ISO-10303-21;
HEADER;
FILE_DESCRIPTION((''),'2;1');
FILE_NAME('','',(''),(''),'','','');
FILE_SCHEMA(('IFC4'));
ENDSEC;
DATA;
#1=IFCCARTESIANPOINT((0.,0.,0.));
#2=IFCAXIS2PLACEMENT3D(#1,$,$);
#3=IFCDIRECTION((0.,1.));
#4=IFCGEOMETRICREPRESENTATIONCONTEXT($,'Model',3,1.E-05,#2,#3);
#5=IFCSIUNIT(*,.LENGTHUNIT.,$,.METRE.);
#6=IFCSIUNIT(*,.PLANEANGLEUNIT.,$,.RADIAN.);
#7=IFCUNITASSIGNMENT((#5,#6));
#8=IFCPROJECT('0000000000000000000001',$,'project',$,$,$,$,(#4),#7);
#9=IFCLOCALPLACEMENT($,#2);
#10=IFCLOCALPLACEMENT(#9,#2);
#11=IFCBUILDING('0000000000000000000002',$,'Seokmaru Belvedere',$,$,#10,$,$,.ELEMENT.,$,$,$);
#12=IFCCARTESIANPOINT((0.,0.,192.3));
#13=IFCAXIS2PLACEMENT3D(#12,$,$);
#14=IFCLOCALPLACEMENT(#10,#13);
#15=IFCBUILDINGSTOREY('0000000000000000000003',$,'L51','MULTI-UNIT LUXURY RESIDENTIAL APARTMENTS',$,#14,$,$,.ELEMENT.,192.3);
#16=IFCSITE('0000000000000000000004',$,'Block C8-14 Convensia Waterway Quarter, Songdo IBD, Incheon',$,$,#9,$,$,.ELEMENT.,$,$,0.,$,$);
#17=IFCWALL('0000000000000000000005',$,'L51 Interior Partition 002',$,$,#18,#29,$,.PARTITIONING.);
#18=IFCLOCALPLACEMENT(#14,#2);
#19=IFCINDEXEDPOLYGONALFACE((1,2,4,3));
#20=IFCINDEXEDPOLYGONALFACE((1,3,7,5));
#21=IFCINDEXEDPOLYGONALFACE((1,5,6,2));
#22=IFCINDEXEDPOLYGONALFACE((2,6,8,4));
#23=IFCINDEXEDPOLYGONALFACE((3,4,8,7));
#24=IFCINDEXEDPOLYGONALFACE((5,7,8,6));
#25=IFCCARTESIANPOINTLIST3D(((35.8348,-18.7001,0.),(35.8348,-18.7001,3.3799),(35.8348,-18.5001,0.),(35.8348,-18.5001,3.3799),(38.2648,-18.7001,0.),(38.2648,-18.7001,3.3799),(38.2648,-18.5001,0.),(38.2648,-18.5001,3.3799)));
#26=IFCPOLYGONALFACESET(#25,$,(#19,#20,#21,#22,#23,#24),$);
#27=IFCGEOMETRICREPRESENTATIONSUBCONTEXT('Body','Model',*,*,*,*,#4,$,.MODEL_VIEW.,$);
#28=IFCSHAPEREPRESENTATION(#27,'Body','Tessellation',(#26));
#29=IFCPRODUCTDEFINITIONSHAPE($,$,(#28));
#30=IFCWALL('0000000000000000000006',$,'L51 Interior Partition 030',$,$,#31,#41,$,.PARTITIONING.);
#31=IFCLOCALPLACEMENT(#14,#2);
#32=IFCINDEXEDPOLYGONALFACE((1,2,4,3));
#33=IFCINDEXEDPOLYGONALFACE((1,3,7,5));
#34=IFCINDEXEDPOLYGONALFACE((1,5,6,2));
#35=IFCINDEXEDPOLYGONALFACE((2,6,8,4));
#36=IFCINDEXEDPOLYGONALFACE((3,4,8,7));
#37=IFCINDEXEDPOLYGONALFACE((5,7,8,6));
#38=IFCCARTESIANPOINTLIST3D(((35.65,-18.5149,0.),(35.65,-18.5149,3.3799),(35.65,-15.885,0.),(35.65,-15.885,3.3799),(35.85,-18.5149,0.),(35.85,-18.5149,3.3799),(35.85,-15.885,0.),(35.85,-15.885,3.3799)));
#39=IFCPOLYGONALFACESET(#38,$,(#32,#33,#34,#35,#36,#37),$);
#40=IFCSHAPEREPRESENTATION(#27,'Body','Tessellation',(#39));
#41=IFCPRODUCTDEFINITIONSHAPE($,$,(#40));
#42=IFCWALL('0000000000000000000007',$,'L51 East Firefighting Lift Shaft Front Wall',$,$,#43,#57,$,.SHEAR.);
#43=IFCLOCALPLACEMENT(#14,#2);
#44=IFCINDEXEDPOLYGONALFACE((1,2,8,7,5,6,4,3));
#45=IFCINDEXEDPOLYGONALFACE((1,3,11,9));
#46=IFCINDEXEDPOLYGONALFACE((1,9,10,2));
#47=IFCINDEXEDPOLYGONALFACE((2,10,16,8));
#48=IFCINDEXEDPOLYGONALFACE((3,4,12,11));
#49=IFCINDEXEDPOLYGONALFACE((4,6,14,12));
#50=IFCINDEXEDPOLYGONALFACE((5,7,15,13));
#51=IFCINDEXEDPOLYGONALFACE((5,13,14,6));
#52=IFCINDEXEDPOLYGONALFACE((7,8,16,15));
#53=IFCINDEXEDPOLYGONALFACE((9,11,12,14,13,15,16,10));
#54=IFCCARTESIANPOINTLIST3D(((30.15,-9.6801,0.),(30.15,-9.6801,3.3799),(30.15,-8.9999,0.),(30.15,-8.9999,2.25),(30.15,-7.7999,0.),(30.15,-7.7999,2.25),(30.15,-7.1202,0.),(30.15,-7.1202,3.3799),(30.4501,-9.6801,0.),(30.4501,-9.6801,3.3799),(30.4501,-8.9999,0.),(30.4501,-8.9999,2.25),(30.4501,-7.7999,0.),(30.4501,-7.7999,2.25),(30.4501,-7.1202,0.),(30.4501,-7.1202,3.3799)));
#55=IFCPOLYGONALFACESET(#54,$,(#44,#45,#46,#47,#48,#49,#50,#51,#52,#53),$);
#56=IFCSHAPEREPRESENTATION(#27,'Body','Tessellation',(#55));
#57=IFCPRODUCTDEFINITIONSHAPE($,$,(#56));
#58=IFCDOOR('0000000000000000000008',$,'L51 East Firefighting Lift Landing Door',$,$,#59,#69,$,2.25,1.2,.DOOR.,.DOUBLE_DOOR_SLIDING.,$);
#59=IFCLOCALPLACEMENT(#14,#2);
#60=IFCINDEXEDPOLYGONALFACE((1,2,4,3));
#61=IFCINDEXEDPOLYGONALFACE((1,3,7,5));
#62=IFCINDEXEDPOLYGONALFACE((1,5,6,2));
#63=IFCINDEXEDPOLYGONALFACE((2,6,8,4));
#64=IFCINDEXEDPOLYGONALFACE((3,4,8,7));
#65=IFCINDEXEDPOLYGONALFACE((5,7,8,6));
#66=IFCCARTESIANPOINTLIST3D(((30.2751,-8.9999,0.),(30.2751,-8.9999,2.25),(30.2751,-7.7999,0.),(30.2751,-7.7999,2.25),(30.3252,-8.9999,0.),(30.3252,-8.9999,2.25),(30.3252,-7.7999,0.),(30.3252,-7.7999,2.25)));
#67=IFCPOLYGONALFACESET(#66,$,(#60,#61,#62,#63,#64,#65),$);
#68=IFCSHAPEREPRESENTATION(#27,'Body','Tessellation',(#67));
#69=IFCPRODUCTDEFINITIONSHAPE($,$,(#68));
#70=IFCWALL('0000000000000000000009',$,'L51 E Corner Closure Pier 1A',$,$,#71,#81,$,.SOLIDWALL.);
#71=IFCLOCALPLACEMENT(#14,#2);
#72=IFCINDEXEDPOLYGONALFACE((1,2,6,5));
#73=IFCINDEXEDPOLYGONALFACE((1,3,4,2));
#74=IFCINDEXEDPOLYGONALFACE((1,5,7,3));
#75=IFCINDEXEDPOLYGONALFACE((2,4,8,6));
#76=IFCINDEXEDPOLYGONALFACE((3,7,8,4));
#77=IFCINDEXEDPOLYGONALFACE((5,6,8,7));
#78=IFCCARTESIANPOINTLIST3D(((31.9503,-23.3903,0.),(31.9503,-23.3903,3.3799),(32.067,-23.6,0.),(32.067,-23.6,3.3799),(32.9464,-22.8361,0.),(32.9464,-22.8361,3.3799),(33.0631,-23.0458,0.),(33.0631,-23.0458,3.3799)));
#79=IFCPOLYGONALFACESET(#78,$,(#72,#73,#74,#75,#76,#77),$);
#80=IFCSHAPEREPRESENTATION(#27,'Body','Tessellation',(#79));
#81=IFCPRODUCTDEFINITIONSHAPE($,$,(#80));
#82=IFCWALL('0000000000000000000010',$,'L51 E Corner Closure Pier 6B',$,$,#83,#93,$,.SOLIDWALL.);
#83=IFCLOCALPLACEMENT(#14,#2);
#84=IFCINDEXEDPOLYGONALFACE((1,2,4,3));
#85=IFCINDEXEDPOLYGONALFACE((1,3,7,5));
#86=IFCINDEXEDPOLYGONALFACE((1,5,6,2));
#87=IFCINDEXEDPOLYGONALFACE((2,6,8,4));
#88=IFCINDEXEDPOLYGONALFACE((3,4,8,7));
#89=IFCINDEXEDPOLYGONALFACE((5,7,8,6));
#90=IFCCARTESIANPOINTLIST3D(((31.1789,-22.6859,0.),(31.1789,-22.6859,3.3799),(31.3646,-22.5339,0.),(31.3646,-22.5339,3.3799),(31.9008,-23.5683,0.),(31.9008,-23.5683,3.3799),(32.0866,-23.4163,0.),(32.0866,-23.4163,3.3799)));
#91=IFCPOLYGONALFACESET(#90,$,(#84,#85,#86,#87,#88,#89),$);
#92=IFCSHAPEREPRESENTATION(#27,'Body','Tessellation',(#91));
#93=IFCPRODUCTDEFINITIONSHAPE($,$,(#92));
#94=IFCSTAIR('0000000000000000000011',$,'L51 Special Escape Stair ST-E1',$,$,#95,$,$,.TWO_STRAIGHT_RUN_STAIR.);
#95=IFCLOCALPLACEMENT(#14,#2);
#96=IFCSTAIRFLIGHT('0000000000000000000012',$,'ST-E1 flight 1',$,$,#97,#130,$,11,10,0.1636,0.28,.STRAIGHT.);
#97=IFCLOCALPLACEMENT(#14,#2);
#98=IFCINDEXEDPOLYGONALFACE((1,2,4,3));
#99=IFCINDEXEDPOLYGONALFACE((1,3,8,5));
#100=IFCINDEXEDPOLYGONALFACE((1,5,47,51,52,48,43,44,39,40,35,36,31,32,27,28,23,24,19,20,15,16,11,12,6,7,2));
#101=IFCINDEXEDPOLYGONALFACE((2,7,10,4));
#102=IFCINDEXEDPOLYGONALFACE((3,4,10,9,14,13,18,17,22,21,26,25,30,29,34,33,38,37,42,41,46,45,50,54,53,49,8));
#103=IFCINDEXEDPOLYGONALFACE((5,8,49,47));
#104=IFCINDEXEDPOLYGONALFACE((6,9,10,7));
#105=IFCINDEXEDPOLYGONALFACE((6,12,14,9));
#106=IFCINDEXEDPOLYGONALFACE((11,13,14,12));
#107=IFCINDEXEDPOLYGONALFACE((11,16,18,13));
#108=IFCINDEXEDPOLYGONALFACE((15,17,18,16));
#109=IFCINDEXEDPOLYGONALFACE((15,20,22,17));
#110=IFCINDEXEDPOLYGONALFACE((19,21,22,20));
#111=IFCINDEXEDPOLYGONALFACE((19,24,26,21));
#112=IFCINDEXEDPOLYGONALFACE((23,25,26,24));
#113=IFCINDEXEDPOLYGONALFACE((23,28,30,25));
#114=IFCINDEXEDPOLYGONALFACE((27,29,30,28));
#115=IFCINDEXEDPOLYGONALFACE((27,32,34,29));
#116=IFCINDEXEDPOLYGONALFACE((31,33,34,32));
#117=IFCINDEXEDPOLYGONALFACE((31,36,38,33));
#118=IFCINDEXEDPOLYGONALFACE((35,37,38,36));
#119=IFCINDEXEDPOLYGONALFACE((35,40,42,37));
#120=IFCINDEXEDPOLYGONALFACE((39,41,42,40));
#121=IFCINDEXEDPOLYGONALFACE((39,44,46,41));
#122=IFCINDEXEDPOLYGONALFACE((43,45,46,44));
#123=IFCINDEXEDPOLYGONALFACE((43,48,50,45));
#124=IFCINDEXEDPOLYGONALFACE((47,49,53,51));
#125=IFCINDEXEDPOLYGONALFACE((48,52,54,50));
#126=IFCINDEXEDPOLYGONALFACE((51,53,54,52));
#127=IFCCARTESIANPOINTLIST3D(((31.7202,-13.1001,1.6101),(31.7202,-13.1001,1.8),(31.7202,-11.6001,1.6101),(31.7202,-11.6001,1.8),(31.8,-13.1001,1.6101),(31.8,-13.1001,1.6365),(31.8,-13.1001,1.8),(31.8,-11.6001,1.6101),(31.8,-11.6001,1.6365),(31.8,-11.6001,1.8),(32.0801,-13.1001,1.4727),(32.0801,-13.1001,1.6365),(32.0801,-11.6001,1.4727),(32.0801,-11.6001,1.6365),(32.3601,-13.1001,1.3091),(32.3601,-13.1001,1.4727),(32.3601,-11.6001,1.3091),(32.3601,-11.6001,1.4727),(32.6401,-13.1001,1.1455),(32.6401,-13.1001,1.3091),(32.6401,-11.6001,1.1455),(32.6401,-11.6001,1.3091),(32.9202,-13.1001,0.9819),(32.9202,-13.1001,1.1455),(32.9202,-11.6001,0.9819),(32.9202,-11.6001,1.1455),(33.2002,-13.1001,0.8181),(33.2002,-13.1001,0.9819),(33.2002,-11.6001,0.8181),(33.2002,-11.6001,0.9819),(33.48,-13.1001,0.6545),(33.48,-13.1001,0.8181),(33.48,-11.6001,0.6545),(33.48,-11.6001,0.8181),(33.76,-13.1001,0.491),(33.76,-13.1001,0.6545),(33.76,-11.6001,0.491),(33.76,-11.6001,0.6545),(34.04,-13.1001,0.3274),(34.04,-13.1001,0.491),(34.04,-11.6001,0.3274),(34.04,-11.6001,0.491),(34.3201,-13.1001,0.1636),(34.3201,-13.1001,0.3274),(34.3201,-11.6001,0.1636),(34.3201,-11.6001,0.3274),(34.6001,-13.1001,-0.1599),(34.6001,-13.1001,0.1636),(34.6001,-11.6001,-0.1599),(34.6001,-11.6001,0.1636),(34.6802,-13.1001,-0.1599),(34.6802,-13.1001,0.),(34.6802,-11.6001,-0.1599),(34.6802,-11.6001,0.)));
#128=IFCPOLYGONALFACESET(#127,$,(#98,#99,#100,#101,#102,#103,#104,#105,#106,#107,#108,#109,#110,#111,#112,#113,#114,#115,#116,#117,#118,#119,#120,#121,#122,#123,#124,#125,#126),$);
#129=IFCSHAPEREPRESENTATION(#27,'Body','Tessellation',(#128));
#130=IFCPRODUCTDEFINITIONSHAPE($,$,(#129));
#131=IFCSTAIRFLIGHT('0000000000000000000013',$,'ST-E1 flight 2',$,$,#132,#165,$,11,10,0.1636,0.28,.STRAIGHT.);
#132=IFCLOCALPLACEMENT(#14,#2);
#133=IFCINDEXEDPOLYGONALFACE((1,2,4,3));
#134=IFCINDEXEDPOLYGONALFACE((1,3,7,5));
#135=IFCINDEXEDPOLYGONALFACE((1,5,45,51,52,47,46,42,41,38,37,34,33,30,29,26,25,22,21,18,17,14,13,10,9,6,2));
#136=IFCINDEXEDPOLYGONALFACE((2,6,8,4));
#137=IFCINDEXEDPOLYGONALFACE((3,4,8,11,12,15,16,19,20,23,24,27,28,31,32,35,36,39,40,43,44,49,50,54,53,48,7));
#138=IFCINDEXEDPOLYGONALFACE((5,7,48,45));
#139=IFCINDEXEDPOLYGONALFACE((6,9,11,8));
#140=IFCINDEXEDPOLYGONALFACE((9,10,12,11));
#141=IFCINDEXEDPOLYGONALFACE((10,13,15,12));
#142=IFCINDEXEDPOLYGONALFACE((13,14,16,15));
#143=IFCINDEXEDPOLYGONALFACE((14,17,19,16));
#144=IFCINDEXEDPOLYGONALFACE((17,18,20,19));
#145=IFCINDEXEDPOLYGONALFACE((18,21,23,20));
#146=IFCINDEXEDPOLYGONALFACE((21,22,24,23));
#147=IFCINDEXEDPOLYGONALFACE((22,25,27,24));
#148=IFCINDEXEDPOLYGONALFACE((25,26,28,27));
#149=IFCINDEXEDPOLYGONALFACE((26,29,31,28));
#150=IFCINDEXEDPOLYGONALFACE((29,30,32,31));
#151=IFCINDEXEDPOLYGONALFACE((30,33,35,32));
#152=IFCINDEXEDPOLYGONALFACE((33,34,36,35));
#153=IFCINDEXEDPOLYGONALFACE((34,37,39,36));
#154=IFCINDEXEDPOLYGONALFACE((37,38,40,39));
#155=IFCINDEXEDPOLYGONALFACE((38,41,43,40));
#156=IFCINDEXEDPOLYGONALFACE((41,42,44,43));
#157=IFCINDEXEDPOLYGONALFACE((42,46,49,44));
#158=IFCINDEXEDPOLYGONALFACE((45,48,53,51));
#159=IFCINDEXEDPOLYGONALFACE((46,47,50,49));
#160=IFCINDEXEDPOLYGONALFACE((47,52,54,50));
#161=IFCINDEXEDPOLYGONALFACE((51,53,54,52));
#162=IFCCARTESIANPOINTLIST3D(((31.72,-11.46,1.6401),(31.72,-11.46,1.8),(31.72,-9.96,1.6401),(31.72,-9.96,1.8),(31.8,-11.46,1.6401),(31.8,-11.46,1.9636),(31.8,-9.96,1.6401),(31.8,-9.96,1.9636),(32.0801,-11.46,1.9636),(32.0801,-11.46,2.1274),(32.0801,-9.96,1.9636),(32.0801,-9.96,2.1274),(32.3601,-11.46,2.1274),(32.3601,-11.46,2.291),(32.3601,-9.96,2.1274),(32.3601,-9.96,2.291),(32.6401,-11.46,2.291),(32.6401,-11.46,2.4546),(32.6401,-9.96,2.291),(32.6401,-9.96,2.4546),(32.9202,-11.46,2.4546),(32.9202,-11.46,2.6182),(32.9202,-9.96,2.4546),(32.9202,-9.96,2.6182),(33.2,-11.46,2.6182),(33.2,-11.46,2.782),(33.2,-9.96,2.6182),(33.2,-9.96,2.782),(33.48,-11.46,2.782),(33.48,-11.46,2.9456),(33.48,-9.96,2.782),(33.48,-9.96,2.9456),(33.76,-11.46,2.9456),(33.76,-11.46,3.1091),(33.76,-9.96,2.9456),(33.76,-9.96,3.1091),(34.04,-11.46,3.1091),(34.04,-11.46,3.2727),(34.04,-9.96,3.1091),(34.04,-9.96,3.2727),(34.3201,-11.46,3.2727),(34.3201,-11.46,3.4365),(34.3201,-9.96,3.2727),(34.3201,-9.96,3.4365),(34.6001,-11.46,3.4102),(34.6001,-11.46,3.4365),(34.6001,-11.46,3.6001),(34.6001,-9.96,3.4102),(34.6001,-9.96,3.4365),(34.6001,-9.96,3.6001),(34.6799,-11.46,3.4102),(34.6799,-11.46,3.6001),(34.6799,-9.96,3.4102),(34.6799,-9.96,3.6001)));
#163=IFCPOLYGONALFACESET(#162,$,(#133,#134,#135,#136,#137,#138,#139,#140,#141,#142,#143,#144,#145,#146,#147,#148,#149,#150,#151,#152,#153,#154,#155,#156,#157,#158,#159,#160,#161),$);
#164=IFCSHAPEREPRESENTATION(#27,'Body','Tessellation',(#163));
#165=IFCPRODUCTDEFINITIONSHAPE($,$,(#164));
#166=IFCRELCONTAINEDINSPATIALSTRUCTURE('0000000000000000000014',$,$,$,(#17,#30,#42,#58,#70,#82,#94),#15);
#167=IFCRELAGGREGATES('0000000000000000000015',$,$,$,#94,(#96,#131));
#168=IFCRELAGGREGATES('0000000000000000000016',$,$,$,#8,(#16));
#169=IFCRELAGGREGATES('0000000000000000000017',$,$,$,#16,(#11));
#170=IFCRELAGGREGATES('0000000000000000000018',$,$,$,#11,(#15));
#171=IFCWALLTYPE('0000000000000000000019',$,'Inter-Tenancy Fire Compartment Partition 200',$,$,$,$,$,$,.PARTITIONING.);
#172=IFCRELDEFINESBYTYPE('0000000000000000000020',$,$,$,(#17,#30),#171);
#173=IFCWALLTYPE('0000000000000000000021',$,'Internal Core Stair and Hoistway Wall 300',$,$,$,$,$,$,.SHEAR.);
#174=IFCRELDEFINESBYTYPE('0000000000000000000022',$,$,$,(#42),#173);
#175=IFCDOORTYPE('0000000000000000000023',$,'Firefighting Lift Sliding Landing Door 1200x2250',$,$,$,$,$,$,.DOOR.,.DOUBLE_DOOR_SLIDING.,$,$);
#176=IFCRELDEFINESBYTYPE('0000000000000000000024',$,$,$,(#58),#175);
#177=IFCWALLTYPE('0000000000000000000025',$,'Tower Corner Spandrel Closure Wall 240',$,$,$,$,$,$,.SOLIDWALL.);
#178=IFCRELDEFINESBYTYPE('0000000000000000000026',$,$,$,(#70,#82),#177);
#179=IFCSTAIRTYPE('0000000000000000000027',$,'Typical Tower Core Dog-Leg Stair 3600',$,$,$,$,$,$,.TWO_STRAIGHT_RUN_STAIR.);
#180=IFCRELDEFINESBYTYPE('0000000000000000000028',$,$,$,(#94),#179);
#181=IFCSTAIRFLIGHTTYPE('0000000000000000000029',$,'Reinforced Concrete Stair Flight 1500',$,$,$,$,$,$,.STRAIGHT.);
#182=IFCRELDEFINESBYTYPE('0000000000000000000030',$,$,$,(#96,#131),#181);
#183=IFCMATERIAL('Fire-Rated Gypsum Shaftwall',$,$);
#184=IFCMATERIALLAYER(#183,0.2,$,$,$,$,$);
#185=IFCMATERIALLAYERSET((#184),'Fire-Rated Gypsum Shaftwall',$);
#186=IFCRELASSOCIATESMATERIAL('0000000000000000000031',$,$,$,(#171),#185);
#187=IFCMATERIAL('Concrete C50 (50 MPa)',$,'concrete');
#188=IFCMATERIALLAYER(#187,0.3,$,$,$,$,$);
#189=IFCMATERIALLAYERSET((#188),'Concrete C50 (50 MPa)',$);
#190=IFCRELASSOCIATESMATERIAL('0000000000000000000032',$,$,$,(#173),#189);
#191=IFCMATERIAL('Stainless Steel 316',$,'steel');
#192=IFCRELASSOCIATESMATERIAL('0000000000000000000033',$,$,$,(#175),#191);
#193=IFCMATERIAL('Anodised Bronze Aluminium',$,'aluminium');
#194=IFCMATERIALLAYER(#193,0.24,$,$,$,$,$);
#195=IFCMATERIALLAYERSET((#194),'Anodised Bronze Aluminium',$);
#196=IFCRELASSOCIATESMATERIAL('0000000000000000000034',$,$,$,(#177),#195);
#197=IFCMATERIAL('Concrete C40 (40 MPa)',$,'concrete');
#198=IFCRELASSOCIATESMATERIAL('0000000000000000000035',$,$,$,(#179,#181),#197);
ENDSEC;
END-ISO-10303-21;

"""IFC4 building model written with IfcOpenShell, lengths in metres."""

from ifc_helpers import new_model, si_unit, direction, frame, frame_2d, origin, place, context, subcontext, project, spatial, polyline, rectangle, outline, extrude, source, transform, mapped, material, layer, layer_set, type_object, type_shapes, element, fill, aggregate, save


model = new_model("IFC4")

# Units and contexts
model_context = context("Model", 3, precision=1e-05, world=origin(), true_north=direction((0.0, 1.0)))
body_context = subcontext(model_context, "Body", "Model", "MODEL_VIEW")
ifc_project = project(units=[si_unit("LENGTHUNIT", "METRE"), si_unit("PLANEANGLEUNIT", "RADIAN")], contexts=[model_context])

# Site, building, storey
site_placement = place(None, origin())
site = spatial("IfcSite", under=ifc_project, at=site_placement, Name="Block C8-14 Convensia Waterway Quarter, Songdo IBD, Incheon", CompositionType="ELEMENT", RefElevation=0.0)
building_placement = place(site_placement, origin())
building = spatial("IfcBuilding", under=site, at=building_placement, Name="Seokmaru Belvedere", CompositionType="ELEMENT")
storey_placement = place(building_placement, frame((0.0, 0.0, 192.3)))
storey = spatial("IfcBuildingStorey", under=building, at=storey_placement, Name="L51", Description="MULTI-UNIT LUXURY RESIDENTIAL APARTMENTS", CompositionType="ELEMENT", Elevation=192.3)

# Shared definitions
ifc_material_1 = material(Name="Anodised Bronze Aluminium", Category="aluminium")

# Shared definitions
ifc_material_2 = material(Name="Fire-Rated Gypsum Shaftwall")

# Walls
ifc_layer_1 = layer(ifc_material_2, 0.2)
ifc_layer_set_1 = layer_set([ifc_layer_1], Name="Fire-Rated Gypsum Shaftwall")
wall_type_1 = type_object("IfcWallType", Name="Inter-Tenancy Fire Compartment Partition 200", PredefinedType="PARTITIONING", material=ifc_layer_set_1)
wall_1_placement = place(storey_placement, frame((35.835, -18.6001, 0.0), z_axis=(0.0, 0.0, 1.0), x_axis=(1.0, 0.0, 0.0)))
element("IfcWall", 1, at=wall_1_placement, inside=storey, type_object=wall_type_1, Name="L51 Interior Partition 002", PredefinedType="PARTITIONING", context=body_context, shape_type="SweptSolid", body=[
    extrude(rectangle(XDim=2.4299, YDim=0.2, at=frame_2d((1.2148, 0.0))), origin(), (0.0, 0.0, 1.0), 3.3799),
])
wall_2_placement = place(storey_placement, frame((35.75, -18.5149, 0.0), z_axis=(0.0, 0.0, 1.0), x_axis=(0.0, 1.0, 0.0)))
element("IfcWall", 2, at=wall_2_placement, inside=storey, type_object=wall_type_1, Name="L51 Interior Partition 030", PredefinedType="PARTITIONING", context=body_context, shape_type="SweptSolid", body=[
    extrude(rectangle(XDim=2.6299, YDim=0.2, at=frame_2d((1.3149, 0.0))), origin(), (0.0, 0.0, 1.0), 3.3799),
])

# Wall, opening, door
ifc_material_3 = material(Name="Concrete C50 (50 MPa)", Category="concrete")
ifc_layer_2 = layer(ifc_material_3, 0.3)
ifc_layer_set_2 = layer_set([ifc_layer_2], Name="Concrete C50 (50 MPa)")
wall_type_2 = type_object("IfcWallType", Name="Internal Core Stair and Hoistway Wall 300", PredefinedType="SHEAR", material=ifc_layer_set_2)
wall_3_placement = place(storey_placement, frame((30.3, -9.6799, 0.0), z_axis=(0.0, 0.0, 1.0), x_axis=(0.0, 1.0, 0.0)))
wall_3 = element("IfcWall", 3, at=wall_3_placement, inside=storey, type_object=wall_type_2, Name="L51 East Firefighting Lift Shaft Front Wall", PredefinedType="SHEAR", context=body_context, shape_type="SweptSolid", body=[
    extrude(rectangle(XDim=2.5598, YDim=0.3, at=frame_2d((1.2798, 0.0))), origin(), (0.0, 0.0, 1.0), 3.3799),
])
opening_1_placement = place(wall_3_placement, frame((0.6799, 0.0, 0.0)))
opening_1 = element("IfcOpeningElement", 4, at=opening_1_placement, cuts=wall_3, PredefinedType="OPENING", context=body_context, shape_type="SweptSolid", body=[
    extrude(rectangle(XDim=1.2, YDim=2.25, at=frame_2d((0.6001, 1.125))), frame((0.0, 0.1602, 0.0), z_axis=(0.0, -1.0, 0.0), x_axis=(1.0, 0.0, 0.0)), (0.0, 0.0, 1.0), 0.3201),
])
ifc_material_4 = material(Name="Stainless Steel 316", Category="steel")
door_type_1 = type_object("IfcDoorType", Name="Firefighting Lift Sliding Landing Door 1200x2250", OperationType="DOUBLE_DOOR_SLIDING", PredefinedType="DOOR", material=ifc_material_4)
shared_shape_1 = source(origin(), body_context, "Body", "SweptSolid", [
    extrude(rectangle(XDim=1.2, YDim=2.25, at=frame_2d((0.6001, 1.125))), frame((0.0, 0.0249, 0.0), z_axis=(0.0, -1.0, 0.0), x_axis=(1.0, 0.0, 0.0)), (0.0, 0.0, 1.0), 0.05),
])
type_shapes(door_type_1, [shared_shape_1])
door_1_placement = place(opening_1_placement, origin())
door_1 = element("IfcDoor", 5, at=door_1_placement, inside=storey, type_object=door_type_1, Name="L51 East Firefighting Lift Landing Door", OperationType="DOUBLE_DOOR_SLIDING", OverallHeight=2.25, OverallWidth=1.2, PredefinedType="DOOR", context=body_context, shape_type="MappedRepresentation", body=[
    mapped(shared_shape_1, transform((0.0, 0.0, 0.0), scale=1.0)),
])
fill(opening_1, door_1)

# Walls
ifc_layer_3 = layer(ifc_material_1, 0.24)
ifc_layer_set_3 = layer_set([ifc_layer_3], Name="Anodised Bronze Aluminium")
wall_type_3 = type_object("IfcWallType", Name="Tower Corner Spandrel Closure Wall 240", PredefinedType="SOLIDWALL", material=ifc_layer_set_3)
wall_4_placement = place(storey_placement, frame((32.0088, -23.4951, 0.0), z_axis=(0.0, 0.0, 1.0), x_axis=(0.873854, 0.486188, 0.0)))
element("IfcWall", 6, at=wall_4_placement, inside=storey, type_object=wall_type_3, Name="L51 E Corner Closure Pier 1A", PredefinedType="SOLIDWALL", context=body_context, shape_type="SweptSolid", body=[
    extrude(rectangle(XDim=1.1399, YDim=0.24, at=frame_2d((0.5698, 0.0))), origin(), (0.0, 0.0, 1.0), 3.3799),
])
wall_5_placement = place(storey_placement, frame((31.2717, -22.6099, 0.0), z_axis=(0.0, 0.0, 1.0), x_axis=(0.633249, -0.773948, 0.0)))
element("IfcWall", 7, at=wall_5_placement, inside=storey, type_object=wall_type_3, Name="L51 E Corner Closure Pier 6B", PredefinedType="SOLIDWALL", context=body_context, shape_type="SweptSolid", body=[
    extrude(rectangle(XDim=1.1401, YDim=0.24, at=frame_2d((0.5701, 0.0))), origin(), (0.0, 0.0, 1.0), 3.3799),
])

# Stair, stair flights
ifc_material_5 = material(Name="Concrete C40 (40 MPa)", Category="concrete")
stair_type = type_object("IfcStairType", Name="Typical Tower Core Dog-Leg Stair 3600", PredefinedType="TWO_STRAIGHT_RUN_STAIR", material=ifc_material_5)
stair_placement = place(storey_placement, origin())
stair = element("IfcStair", 8, at=stair_placement, inside=storey, type_object=stair_type, Name="L51 Special Escape Stair ST-E1", PredefinedType="TWO_STRAIGHT_RUN_STAIR")
stair_flight_type = type_object("IfcStairFlightType", Name="Reinforced Concrete Stair Flight 1500", PredefinedType="STRAIGHT", material=ifc_material_5)
stair_flight_1_placement = place(storey_placement, frame((34.6001, -12.3501, 0.0), z_axis=(0.0, 0.0, 1.0), x_axis=(-1.0, 0.0, 0.0)))
stair_flight_1 = element("IfcStairFlight", 9, at=stair_flight_1_placement, type_object=stair_flight_type, Name="ST-E1 flight 1", NumberOfRisers=11, NumberOfTreads=10, PredefinedType="STRAIGHT", RiserHeight=0.1636, TreadLength=0.28, context=body_context, shape_type="SweptSolid", body=[
    extrude(outline(polyline([(-0.0801, 0.0), (0.0, 0.1636), (0.28, 0.1636), (0.28, 0.3274), (0.5601, 0.3274), (0.5601, 0.491), (0.8401, 0.491), (0.8401, 0.6545), (1.1201, 0.6545), (1.1201, 0.8181), (1.3999, 0.8181), (1.3999, 0.9819), (1.6799, 0.9819), (1.6799, 1.1455), (1.96, 1.1455), (1.96, 1.3091), (2.24, 1.3091), (2.24, 1.4727), (2.52, 1.4727), (2.52, 1.6365), (2.8, 1.6365), (2.8, 1.8), (2.8799, 1.8), (2.8799, 1.6101), (2.8, 1.6101), (0.0, -0.1599), (-0.0801, -0.1599), (-0.0801, 0.0)])), frame((0.0, 0.75, 0.0), z_axis=(0.0, -1.0, 0.0), x_axis=(1.0, 0.0, 0.0)), (0.0, 0.0, 1.0), 1.5),
])
stair_flight_2_placement = place(storey_placement, frame((31.8, -10.71, 1.8), z_axis=(0.0, 0.0, 1.0), x_axis=(1.0, 0.0, 0.0)))
stair_flight_2 = element("IfcStairFlight", 10, at=stair_flight_2_placement, type_object=stair_flight_type, Name="ST-E1 flight 2", NumberOfRisers=11, NumberOfTreads=10, PredefinedType="STRAIGHT", RiserHeight=0.1636, TreadLength=0.28, context=body_context, shape_type="SweptSolid", body=[
    extrude(outline(polyline([(-0.0801, 0.0), (0.0, 0.1636), (0.28, 0.1636), (0.28, 0.3274), (0.5601, 0.3274), (0.5601, 0.491), (0.8401, 0.491), (0.8401, 0.6545), (1.1201, 0.6545), (1.1201, 0.8181), (1.3999, 0.8181), (1.3999, 0.9819), (1.6799, 0.9819), (1.6799, 1.1455), (1.96, 1.1455), (1.96, 1.3091), (2.24, 1.3091), (2.24, 1.4727), (2.52, 1.4727), (2.52, 1.6365), (2.8, 1.6365), (2.8, 1.8), (2.8799, 1.8), (2.8799, 1.6101), (2.8, 1.6101), (0.0, -0.1599), (-0.0801, -0.1599), (-0.0801, 0.0)])), frame((0.0, 0.75, 0.0), z_axis=(0.0, -1.0, 0.0), x_axis=(1.0, 0.0, 0.0)), (0.0, 0.0, 1.0), 1.5),
])
aggregate(stair, [stair_flight_1, stair_flight_2])

save(model, "model.ifc")
